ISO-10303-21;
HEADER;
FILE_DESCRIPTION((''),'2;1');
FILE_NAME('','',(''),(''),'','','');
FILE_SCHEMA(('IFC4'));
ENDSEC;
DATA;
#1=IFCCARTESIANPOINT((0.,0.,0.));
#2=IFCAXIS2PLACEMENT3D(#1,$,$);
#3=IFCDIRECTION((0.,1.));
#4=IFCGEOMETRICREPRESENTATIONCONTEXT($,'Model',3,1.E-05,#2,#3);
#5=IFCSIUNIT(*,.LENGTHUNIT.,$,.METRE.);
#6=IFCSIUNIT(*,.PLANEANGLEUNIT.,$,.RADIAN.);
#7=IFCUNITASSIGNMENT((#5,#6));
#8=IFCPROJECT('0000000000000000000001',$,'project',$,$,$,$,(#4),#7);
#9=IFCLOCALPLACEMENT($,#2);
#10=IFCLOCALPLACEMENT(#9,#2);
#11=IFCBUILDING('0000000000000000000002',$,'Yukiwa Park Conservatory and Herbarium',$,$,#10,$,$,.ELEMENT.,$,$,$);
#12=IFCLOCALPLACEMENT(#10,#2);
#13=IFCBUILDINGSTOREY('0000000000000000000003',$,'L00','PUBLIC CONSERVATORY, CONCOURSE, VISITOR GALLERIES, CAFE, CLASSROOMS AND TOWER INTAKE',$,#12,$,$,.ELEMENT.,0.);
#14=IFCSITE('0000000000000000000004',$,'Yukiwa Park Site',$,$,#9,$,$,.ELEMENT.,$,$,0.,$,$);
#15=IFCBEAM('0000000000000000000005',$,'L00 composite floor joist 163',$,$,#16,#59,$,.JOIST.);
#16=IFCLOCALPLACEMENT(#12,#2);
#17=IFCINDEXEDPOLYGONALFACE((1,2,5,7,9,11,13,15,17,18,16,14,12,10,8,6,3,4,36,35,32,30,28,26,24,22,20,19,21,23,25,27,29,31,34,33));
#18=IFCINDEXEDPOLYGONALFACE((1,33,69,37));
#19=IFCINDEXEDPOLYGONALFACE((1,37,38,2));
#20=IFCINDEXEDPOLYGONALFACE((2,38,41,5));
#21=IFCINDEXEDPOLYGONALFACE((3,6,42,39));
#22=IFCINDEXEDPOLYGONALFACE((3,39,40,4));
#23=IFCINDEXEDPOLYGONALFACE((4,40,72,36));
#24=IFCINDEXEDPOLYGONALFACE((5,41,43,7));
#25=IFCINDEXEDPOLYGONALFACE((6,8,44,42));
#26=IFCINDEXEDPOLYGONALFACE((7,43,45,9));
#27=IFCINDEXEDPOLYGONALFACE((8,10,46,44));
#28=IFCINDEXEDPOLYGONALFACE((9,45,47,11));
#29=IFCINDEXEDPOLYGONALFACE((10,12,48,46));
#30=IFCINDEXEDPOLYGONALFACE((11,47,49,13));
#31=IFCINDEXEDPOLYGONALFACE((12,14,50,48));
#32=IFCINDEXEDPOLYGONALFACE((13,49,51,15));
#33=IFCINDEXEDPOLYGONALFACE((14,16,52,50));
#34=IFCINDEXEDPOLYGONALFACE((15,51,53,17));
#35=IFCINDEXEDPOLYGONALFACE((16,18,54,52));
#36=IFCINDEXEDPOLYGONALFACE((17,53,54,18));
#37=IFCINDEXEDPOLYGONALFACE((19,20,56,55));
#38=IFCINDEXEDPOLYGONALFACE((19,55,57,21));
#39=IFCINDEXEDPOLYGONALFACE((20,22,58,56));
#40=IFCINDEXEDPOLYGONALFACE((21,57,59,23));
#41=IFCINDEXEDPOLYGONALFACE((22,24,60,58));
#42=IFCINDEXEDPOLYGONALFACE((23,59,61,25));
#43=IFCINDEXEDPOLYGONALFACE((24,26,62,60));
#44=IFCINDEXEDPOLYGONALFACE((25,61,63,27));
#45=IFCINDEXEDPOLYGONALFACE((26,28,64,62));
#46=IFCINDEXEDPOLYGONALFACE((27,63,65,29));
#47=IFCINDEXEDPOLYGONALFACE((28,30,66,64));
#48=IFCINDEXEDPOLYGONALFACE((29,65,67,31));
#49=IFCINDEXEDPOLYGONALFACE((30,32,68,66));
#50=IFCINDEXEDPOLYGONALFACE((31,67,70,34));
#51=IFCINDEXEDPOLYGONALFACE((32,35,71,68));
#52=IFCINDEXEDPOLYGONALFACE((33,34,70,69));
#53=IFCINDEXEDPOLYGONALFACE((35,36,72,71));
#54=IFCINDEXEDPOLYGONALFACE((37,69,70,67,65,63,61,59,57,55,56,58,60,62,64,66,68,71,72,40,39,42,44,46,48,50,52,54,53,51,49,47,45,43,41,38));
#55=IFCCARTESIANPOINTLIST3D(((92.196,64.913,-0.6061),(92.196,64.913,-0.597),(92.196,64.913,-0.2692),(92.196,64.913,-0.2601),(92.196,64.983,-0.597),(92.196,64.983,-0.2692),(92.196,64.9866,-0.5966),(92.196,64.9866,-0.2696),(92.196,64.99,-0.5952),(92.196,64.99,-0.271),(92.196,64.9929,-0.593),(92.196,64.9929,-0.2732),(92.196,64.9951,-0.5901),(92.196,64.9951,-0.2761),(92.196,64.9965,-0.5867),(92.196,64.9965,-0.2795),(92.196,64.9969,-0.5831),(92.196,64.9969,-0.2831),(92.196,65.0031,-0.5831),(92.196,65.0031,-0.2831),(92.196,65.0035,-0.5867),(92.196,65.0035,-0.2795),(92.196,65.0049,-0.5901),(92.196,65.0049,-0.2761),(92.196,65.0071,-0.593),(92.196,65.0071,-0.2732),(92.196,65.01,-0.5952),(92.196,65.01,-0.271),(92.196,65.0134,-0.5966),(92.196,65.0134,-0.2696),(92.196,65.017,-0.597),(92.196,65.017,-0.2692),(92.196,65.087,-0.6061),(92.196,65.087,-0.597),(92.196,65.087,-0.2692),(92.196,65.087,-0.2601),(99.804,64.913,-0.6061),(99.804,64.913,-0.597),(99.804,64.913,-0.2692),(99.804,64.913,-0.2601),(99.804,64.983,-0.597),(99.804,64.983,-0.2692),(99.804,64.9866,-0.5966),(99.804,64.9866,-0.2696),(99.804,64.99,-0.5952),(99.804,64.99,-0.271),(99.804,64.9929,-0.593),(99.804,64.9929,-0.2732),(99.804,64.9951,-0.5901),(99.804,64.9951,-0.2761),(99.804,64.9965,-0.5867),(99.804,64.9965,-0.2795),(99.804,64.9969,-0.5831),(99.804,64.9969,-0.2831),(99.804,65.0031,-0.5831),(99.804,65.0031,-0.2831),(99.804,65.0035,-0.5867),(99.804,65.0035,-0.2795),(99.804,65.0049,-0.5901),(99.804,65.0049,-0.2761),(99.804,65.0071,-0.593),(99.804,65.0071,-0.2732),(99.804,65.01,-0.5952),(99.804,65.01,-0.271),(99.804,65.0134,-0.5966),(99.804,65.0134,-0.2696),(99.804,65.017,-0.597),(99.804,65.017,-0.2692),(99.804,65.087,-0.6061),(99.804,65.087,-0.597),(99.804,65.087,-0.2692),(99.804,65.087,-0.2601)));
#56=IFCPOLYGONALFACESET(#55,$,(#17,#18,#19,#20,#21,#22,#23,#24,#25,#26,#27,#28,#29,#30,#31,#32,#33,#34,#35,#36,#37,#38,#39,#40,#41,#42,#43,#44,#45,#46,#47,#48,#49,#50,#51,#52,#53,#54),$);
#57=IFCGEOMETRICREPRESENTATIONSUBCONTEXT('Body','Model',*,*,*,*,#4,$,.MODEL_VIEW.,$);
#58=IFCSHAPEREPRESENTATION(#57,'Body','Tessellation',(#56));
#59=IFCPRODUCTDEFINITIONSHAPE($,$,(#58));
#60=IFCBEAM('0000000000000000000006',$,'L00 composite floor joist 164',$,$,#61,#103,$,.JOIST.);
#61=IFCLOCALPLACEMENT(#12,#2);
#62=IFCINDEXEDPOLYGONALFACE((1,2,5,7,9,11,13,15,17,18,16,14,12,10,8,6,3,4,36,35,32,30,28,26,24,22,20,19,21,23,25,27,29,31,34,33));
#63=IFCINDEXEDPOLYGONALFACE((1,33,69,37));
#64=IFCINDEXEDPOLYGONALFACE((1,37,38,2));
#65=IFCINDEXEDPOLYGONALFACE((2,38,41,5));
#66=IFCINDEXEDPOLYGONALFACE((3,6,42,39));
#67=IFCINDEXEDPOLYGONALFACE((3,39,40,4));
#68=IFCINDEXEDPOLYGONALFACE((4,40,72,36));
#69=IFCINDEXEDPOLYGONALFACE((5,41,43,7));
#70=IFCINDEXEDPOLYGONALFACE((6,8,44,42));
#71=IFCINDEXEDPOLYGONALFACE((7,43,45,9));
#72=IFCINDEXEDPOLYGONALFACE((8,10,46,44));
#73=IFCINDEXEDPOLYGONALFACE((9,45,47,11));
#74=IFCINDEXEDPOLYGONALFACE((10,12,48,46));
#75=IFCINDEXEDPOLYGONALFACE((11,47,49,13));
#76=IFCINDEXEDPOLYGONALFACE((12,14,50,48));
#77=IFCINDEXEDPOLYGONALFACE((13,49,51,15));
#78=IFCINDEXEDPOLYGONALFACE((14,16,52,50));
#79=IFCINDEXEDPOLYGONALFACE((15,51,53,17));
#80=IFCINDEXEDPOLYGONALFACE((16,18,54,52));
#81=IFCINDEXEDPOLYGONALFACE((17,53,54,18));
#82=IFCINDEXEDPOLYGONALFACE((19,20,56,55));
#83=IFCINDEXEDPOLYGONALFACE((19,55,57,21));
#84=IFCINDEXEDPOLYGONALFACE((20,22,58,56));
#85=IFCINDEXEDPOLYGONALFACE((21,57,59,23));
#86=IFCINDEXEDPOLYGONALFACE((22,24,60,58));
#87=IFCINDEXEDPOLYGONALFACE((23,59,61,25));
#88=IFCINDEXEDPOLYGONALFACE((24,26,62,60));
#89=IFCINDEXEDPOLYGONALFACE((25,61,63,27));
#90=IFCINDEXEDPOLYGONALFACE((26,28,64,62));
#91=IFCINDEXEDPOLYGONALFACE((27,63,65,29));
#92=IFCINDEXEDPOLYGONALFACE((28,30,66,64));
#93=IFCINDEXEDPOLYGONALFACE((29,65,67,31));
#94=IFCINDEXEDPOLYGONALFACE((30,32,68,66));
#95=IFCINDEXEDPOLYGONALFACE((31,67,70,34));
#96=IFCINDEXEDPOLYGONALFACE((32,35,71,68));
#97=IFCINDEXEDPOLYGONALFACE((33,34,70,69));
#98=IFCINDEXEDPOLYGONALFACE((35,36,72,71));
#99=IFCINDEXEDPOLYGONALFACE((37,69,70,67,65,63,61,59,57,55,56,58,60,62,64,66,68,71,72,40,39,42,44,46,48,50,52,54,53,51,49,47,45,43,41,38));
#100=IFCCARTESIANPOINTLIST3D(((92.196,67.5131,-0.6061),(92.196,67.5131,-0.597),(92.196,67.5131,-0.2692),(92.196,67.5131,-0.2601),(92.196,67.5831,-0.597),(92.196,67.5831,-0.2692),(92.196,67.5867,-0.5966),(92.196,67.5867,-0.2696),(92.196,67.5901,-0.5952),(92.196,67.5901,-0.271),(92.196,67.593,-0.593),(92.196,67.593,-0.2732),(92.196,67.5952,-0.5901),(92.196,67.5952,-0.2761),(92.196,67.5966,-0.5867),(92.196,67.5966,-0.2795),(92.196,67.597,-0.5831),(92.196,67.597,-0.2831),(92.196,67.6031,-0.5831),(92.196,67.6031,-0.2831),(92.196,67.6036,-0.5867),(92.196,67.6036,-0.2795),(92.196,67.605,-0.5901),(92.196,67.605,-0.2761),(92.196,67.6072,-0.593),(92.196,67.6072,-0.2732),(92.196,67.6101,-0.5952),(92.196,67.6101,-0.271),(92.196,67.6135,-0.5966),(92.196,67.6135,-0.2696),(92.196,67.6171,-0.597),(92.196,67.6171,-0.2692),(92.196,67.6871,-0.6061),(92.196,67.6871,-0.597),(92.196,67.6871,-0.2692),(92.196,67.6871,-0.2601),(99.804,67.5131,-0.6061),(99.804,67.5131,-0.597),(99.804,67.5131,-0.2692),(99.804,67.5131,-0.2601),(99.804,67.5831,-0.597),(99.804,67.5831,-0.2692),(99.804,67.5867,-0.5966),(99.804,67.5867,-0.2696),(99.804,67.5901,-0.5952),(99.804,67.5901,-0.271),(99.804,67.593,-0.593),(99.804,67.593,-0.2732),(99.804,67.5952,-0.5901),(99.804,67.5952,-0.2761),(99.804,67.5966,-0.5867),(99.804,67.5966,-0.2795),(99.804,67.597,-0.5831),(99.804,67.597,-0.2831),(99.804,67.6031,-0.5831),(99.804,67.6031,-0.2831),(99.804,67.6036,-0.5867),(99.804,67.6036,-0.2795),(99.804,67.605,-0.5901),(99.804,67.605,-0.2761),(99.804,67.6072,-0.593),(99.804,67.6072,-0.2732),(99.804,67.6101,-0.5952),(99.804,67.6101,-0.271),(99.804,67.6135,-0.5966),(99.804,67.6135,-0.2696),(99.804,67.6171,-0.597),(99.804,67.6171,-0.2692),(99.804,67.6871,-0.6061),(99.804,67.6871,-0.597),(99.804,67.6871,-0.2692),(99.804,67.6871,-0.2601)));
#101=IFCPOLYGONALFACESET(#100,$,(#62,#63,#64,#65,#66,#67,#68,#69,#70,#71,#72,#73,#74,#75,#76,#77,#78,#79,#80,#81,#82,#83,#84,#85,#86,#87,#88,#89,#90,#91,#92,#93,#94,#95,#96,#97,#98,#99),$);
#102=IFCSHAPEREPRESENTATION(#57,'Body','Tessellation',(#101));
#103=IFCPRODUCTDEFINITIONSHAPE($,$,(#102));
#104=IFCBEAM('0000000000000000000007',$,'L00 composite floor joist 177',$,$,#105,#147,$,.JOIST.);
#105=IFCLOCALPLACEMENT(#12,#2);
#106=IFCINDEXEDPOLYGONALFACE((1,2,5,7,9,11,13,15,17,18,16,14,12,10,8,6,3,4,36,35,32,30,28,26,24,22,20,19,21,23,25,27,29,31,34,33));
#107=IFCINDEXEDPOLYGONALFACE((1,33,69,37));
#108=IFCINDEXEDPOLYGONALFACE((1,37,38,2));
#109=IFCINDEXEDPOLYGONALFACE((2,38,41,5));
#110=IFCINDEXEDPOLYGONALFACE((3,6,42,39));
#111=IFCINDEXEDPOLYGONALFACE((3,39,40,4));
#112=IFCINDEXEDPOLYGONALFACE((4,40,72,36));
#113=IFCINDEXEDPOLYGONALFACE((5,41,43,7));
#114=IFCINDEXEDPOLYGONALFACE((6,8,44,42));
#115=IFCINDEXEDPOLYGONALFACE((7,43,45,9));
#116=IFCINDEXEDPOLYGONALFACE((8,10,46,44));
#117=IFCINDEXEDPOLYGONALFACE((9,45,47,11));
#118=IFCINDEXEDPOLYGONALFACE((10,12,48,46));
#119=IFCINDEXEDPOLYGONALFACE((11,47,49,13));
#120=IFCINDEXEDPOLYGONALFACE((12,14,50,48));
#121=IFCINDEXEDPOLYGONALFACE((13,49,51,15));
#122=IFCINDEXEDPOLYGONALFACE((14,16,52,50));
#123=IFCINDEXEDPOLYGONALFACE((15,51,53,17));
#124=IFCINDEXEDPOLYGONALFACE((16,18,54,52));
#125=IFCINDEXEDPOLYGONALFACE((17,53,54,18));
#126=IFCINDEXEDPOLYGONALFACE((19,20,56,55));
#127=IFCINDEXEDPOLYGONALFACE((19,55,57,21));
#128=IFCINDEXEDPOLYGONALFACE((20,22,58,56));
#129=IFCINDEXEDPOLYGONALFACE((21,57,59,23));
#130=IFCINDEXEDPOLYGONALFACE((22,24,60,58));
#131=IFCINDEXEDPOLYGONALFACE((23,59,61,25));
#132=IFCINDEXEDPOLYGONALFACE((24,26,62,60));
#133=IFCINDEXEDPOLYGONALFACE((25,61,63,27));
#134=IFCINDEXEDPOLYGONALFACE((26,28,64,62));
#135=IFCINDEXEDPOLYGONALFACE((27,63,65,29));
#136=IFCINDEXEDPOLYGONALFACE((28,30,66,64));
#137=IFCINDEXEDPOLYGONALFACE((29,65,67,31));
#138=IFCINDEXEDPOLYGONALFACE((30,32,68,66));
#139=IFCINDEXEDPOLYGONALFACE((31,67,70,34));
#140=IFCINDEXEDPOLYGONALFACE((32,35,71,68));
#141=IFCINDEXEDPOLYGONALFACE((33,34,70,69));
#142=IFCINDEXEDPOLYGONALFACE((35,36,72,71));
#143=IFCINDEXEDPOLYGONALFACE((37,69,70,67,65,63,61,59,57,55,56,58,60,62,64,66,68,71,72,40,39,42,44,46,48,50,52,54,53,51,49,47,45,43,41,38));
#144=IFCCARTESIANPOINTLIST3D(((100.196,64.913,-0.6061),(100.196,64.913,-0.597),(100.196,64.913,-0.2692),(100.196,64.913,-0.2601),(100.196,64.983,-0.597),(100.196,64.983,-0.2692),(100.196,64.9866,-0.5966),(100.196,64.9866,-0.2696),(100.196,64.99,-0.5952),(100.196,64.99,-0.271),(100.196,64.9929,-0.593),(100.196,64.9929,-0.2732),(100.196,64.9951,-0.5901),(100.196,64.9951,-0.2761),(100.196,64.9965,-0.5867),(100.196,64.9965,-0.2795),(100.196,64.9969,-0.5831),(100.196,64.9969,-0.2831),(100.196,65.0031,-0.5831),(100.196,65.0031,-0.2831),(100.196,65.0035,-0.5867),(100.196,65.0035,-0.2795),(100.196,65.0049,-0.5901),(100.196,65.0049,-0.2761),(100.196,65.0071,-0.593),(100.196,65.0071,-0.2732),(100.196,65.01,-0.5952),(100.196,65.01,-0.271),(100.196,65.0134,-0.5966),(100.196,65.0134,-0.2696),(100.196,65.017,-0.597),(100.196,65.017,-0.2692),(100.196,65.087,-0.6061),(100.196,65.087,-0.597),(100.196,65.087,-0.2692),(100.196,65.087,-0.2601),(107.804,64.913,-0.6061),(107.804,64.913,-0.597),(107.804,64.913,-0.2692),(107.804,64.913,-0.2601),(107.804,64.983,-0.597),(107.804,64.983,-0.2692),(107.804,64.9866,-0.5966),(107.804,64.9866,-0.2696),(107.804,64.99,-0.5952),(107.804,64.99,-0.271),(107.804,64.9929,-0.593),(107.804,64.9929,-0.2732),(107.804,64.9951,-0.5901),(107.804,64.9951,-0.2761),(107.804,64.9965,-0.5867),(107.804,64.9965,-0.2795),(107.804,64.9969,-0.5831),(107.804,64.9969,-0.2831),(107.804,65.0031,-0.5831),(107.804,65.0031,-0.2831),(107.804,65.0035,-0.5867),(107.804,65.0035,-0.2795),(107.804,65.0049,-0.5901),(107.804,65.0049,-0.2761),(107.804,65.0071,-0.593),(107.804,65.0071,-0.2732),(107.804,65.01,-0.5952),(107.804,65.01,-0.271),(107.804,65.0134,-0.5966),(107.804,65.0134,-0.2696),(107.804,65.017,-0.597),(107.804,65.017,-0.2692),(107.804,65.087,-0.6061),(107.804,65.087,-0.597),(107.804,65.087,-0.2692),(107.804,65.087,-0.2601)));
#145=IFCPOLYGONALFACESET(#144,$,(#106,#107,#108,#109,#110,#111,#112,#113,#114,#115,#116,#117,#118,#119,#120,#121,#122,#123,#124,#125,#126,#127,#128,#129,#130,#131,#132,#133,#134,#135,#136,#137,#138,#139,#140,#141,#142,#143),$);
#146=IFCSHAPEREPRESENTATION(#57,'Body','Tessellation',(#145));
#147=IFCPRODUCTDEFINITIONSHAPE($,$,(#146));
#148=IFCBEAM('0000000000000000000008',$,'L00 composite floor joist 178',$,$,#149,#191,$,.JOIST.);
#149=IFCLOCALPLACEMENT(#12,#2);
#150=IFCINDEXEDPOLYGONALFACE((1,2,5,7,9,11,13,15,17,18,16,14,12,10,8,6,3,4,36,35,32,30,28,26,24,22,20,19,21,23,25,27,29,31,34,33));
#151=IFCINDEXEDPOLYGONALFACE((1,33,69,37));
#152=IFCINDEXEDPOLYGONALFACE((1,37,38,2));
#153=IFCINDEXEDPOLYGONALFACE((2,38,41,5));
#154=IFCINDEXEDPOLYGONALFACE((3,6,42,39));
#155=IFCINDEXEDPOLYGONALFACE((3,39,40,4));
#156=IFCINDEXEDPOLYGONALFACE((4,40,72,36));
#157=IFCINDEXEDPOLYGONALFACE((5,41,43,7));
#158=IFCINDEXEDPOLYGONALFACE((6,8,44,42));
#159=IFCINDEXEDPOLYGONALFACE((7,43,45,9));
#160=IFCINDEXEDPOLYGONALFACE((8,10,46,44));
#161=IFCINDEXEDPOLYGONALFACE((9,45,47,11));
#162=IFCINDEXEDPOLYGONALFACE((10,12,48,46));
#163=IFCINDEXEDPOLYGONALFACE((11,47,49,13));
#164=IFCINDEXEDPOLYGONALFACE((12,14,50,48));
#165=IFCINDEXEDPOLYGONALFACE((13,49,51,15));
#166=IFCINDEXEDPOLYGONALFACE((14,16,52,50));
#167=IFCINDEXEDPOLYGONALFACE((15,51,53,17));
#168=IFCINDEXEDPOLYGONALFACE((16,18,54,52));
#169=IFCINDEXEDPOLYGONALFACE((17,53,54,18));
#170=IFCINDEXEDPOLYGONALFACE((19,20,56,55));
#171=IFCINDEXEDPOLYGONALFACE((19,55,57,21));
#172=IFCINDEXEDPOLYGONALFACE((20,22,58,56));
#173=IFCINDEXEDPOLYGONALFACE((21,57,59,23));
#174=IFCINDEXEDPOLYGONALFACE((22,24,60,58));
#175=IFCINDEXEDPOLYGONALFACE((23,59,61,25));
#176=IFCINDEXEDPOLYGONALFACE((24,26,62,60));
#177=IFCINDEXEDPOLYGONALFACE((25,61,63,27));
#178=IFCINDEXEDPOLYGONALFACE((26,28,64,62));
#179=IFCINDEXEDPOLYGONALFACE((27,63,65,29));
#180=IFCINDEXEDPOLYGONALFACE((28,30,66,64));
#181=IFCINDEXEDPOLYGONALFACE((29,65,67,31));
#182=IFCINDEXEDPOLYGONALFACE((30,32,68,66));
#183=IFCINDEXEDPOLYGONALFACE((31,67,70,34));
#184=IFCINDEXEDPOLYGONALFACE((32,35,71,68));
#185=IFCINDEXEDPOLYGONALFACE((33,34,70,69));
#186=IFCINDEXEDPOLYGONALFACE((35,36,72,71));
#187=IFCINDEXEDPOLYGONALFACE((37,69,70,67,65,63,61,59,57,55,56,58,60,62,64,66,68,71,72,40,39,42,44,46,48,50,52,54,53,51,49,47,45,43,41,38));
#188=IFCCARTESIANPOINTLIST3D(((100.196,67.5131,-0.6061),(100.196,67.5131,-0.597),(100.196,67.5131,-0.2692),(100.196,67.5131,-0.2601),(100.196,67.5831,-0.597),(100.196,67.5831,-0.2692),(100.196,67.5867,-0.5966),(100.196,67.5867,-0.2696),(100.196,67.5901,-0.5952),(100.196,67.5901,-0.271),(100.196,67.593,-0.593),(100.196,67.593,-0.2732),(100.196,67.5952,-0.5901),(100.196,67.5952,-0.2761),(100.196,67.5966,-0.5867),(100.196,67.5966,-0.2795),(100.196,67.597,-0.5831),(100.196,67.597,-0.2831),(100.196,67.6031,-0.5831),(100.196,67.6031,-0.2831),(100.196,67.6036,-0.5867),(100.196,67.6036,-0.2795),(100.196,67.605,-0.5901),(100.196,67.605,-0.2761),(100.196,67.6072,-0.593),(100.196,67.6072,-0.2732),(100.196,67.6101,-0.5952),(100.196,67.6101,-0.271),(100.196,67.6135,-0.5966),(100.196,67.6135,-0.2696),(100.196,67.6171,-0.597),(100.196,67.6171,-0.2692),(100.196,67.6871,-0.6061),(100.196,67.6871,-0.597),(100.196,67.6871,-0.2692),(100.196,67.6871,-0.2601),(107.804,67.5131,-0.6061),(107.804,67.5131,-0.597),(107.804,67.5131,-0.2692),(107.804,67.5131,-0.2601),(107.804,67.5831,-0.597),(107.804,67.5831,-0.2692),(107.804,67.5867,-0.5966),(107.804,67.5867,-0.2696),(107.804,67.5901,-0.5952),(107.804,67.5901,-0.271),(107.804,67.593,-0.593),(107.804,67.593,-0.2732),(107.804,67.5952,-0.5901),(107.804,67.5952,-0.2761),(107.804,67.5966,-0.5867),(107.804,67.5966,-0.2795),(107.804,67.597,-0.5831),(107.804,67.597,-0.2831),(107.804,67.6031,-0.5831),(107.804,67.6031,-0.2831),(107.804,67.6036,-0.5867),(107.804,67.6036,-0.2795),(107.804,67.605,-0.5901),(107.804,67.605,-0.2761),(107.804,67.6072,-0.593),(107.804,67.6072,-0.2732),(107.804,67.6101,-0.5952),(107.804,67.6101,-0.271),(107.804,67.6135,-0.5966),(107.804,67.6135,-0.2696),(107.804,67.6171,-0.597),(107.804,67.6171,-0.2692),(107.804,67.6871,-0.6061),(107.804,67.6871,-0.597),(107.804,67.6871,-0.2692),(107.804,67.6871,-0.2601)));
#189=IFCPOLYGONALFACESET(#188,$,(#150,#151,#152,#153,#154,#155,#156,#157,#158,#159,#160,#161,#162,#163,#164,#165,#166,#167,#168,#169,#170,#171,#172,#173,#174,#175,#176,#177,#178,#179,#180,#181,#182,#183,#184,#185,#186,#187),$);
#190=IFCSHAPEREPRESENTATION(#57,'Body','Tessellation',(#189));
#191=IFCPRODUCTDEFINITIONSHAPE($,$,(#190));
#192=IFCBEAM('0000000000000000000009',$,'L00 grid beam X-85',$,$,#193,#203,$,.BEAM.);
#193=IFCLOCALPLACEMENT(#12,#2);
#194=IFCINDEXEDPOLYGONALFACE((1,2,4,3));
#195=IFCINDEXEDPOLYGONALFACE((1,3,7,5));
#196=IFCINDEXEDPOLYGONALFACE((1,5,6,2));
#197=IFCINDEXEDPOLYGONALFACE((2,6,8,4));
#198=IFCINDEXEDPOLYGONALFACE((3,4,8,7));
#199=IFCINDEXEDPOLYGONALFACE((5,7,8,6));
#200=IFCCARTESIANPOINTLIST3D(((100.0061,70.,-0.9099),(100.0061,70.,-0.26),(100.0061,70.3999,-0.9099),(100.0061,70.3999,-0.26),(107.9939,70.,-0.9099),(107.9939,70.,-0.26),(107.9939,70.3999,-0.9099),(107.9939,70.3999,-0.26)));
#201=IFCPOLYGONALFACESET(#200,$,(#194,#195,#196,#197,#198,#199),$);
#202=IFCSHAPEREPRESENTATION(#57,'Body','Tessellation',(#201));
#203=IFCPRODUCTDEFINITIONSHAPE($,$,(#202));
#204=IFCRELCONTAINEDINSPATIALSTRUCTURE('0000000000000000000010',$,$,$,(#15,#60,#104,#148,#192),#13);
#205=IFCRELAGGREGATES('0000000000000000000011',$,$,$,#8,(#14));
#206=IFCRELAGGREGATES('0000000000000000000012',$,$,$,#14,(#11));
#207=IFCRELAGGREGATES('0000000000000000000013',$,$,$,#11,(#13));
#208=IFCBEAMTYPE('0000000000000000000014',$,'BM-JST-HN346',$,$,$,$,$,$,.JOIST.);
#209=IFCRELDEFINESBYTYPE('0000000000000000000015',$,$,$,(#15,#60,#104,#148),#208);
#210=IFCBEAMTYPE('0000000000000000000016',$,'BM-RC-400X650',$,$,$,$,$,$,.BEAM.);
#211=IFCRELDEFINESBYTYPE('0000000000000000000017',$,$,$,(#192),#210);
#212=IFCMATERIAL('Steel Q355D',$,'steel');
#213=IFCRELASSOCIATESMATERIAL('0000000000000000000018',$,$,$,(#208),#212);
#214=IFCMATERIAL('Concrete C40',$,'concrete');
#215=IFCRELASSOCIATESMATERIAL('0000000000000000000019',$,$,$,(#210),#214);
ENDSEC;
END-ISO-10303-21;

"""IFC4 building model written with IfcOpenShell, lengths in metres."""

from ifc_helpers import new_model, si_unit, direction, frame, origin, origin_2d, place, context, subcontext, project, spatial, rectangle, i_section, extrude, material, material_profile, profile_set, type_object, element, save


model = new_model("IFC4")

# Units and contexts
model_context = context("Model", 3, precision=1e-05, world=origin(), true_north=direction((0.0, 1.0)))
body_context = subcontext(model_context, "Body", "Model", "MODEL_VIEW")
ifc_project = project(units=[si_unit("LENGTHUNIT", "METRE"), si_unit("PLANEANGLEUNIT", "RADIAN")], contexts=[model_context])

# Site, building, storey
site_placement = place(None, origin())
site = spatial("IfcSite", under=ifc_project, at=site_placement, Name="Yukiwa Park Site", CompositionType="ELEMENT", RefElevation=0.0)
building_placement = place(site_placement, origin())
building = spatial("IfcBuilding", under=site, at=building_placement, Name="Yukiwa Park Conservatory and Herbarium", CompositionType="ELEMENT")
storey_placement = place(building_placement, origin())
storey = spatial("IfcBuildingStorey", under=building, at=storey_placement, Name="L00", Description="PUBLIC CONSERVATORY, CONCOURSE, VISITOR GALLERIES, CAFE, CLASSROOMS AND TOWER INTAKE", CompositionType="ELEMENT", Elevation=0.0)

# Beams
ifc_material_1 = material(Name="Steel Q355D", Category="steel")
ifc_material_profile_1 = material_profile(ifc_material_1, i_section(OverallWidth=0.1741, OverallDepth=0.3459, WebThickness=0.0061, FlangeThickness=0.009, FilletRadius=0.0139, at=origin_2d()), Name="HN 346x174x6x9")
ifc_profile_set_1 = profile_set([ifc_material_profile_1], Name="Steel Q355D")
beam_type_1 = type_object("IfcBeamType", Name="BM-JST-HN346", PredefinedType="JOIST", material=ifc_profile_set_1)
for number, where, z_axis, x_axis, name in (
    (1, (92.196, 65.0, -0.4331), (1.0, 0.0, 0.0), (0.0, 1.0, 0.0), "L00 composite floor joist 163"),
    (2, (92.196, 67.6001, -0.4331), (1.0, 0.0, 0.0), (0.0, 1.0, 0.0), "L00 composite floor joist 164"),
    (3, (100.196, 65.0, -0.4331), (1.0, 0.0, 0.0), (0.0, 1.0, 0.0), "L00 composite floor joist 177"),
    (4, (100.196, 67.6001, -0.4331), (1.0, 0.0, 0.0), (0.0, 1.0, 0.0), "L00 composite floor joist 178"),
):
    element("IfcBeam", number, at=place(storey_placement, frame(where, z_axis=z_axis, x_axis=x_axis)), inside=storey, type_object=beam_type_1, Name=name, PredefinedType="JOIST", context=body_context, shape_type="SweptSolid", body=[
        extrude(i_section(OverallWidth=0.1741, OverallDepth=0.3459, WebThickness=0.0061, FlangeThickness=0.009, FilletRadius=0.0139, at=origin_2d()), origin(), (0.0, 0.0, 1.0), 7.6079),
    ])
ifc_material_2 = material(Name="Concrete C40", Category="concrete")
ifc_material_profile_2 = material_profile(ifc_material_2, rectangle(XDim=0.3999, YDim=0.6499, at=origin_2d()), Name="RC 400x650")
ifc_profile_set_2 = profile_set([ifc_material_profile_2], Name="Concrete C40")
beam_type_2 = type_object("IfcBeamType", Name="BM-RC-400X650", PredefinedType="BEAM", material=ifc_profile_set_2)
beam_1_placement = place(storey_placement, frame((100.0061, 70.2, -0.585), z_axis=(1.0, 0.0, 0.0), x_axis=(0.0, 1.0, 0.0)))
element("IfcBeam", 5, at=beam_1_placement, inside=storey, type_object=beam_type_2, Name="L00 grid beam X-85", PredefinedType="BEAM", context=body_context, shape_type="SweptSolid", body=[
    extrude(rectangle(XDim=0.3999, YDim=0.6499, at=origin_2d()), origin(), (0.0, 0.0, 1.0), 7.9878),
])

save(model, "model.ifc")
